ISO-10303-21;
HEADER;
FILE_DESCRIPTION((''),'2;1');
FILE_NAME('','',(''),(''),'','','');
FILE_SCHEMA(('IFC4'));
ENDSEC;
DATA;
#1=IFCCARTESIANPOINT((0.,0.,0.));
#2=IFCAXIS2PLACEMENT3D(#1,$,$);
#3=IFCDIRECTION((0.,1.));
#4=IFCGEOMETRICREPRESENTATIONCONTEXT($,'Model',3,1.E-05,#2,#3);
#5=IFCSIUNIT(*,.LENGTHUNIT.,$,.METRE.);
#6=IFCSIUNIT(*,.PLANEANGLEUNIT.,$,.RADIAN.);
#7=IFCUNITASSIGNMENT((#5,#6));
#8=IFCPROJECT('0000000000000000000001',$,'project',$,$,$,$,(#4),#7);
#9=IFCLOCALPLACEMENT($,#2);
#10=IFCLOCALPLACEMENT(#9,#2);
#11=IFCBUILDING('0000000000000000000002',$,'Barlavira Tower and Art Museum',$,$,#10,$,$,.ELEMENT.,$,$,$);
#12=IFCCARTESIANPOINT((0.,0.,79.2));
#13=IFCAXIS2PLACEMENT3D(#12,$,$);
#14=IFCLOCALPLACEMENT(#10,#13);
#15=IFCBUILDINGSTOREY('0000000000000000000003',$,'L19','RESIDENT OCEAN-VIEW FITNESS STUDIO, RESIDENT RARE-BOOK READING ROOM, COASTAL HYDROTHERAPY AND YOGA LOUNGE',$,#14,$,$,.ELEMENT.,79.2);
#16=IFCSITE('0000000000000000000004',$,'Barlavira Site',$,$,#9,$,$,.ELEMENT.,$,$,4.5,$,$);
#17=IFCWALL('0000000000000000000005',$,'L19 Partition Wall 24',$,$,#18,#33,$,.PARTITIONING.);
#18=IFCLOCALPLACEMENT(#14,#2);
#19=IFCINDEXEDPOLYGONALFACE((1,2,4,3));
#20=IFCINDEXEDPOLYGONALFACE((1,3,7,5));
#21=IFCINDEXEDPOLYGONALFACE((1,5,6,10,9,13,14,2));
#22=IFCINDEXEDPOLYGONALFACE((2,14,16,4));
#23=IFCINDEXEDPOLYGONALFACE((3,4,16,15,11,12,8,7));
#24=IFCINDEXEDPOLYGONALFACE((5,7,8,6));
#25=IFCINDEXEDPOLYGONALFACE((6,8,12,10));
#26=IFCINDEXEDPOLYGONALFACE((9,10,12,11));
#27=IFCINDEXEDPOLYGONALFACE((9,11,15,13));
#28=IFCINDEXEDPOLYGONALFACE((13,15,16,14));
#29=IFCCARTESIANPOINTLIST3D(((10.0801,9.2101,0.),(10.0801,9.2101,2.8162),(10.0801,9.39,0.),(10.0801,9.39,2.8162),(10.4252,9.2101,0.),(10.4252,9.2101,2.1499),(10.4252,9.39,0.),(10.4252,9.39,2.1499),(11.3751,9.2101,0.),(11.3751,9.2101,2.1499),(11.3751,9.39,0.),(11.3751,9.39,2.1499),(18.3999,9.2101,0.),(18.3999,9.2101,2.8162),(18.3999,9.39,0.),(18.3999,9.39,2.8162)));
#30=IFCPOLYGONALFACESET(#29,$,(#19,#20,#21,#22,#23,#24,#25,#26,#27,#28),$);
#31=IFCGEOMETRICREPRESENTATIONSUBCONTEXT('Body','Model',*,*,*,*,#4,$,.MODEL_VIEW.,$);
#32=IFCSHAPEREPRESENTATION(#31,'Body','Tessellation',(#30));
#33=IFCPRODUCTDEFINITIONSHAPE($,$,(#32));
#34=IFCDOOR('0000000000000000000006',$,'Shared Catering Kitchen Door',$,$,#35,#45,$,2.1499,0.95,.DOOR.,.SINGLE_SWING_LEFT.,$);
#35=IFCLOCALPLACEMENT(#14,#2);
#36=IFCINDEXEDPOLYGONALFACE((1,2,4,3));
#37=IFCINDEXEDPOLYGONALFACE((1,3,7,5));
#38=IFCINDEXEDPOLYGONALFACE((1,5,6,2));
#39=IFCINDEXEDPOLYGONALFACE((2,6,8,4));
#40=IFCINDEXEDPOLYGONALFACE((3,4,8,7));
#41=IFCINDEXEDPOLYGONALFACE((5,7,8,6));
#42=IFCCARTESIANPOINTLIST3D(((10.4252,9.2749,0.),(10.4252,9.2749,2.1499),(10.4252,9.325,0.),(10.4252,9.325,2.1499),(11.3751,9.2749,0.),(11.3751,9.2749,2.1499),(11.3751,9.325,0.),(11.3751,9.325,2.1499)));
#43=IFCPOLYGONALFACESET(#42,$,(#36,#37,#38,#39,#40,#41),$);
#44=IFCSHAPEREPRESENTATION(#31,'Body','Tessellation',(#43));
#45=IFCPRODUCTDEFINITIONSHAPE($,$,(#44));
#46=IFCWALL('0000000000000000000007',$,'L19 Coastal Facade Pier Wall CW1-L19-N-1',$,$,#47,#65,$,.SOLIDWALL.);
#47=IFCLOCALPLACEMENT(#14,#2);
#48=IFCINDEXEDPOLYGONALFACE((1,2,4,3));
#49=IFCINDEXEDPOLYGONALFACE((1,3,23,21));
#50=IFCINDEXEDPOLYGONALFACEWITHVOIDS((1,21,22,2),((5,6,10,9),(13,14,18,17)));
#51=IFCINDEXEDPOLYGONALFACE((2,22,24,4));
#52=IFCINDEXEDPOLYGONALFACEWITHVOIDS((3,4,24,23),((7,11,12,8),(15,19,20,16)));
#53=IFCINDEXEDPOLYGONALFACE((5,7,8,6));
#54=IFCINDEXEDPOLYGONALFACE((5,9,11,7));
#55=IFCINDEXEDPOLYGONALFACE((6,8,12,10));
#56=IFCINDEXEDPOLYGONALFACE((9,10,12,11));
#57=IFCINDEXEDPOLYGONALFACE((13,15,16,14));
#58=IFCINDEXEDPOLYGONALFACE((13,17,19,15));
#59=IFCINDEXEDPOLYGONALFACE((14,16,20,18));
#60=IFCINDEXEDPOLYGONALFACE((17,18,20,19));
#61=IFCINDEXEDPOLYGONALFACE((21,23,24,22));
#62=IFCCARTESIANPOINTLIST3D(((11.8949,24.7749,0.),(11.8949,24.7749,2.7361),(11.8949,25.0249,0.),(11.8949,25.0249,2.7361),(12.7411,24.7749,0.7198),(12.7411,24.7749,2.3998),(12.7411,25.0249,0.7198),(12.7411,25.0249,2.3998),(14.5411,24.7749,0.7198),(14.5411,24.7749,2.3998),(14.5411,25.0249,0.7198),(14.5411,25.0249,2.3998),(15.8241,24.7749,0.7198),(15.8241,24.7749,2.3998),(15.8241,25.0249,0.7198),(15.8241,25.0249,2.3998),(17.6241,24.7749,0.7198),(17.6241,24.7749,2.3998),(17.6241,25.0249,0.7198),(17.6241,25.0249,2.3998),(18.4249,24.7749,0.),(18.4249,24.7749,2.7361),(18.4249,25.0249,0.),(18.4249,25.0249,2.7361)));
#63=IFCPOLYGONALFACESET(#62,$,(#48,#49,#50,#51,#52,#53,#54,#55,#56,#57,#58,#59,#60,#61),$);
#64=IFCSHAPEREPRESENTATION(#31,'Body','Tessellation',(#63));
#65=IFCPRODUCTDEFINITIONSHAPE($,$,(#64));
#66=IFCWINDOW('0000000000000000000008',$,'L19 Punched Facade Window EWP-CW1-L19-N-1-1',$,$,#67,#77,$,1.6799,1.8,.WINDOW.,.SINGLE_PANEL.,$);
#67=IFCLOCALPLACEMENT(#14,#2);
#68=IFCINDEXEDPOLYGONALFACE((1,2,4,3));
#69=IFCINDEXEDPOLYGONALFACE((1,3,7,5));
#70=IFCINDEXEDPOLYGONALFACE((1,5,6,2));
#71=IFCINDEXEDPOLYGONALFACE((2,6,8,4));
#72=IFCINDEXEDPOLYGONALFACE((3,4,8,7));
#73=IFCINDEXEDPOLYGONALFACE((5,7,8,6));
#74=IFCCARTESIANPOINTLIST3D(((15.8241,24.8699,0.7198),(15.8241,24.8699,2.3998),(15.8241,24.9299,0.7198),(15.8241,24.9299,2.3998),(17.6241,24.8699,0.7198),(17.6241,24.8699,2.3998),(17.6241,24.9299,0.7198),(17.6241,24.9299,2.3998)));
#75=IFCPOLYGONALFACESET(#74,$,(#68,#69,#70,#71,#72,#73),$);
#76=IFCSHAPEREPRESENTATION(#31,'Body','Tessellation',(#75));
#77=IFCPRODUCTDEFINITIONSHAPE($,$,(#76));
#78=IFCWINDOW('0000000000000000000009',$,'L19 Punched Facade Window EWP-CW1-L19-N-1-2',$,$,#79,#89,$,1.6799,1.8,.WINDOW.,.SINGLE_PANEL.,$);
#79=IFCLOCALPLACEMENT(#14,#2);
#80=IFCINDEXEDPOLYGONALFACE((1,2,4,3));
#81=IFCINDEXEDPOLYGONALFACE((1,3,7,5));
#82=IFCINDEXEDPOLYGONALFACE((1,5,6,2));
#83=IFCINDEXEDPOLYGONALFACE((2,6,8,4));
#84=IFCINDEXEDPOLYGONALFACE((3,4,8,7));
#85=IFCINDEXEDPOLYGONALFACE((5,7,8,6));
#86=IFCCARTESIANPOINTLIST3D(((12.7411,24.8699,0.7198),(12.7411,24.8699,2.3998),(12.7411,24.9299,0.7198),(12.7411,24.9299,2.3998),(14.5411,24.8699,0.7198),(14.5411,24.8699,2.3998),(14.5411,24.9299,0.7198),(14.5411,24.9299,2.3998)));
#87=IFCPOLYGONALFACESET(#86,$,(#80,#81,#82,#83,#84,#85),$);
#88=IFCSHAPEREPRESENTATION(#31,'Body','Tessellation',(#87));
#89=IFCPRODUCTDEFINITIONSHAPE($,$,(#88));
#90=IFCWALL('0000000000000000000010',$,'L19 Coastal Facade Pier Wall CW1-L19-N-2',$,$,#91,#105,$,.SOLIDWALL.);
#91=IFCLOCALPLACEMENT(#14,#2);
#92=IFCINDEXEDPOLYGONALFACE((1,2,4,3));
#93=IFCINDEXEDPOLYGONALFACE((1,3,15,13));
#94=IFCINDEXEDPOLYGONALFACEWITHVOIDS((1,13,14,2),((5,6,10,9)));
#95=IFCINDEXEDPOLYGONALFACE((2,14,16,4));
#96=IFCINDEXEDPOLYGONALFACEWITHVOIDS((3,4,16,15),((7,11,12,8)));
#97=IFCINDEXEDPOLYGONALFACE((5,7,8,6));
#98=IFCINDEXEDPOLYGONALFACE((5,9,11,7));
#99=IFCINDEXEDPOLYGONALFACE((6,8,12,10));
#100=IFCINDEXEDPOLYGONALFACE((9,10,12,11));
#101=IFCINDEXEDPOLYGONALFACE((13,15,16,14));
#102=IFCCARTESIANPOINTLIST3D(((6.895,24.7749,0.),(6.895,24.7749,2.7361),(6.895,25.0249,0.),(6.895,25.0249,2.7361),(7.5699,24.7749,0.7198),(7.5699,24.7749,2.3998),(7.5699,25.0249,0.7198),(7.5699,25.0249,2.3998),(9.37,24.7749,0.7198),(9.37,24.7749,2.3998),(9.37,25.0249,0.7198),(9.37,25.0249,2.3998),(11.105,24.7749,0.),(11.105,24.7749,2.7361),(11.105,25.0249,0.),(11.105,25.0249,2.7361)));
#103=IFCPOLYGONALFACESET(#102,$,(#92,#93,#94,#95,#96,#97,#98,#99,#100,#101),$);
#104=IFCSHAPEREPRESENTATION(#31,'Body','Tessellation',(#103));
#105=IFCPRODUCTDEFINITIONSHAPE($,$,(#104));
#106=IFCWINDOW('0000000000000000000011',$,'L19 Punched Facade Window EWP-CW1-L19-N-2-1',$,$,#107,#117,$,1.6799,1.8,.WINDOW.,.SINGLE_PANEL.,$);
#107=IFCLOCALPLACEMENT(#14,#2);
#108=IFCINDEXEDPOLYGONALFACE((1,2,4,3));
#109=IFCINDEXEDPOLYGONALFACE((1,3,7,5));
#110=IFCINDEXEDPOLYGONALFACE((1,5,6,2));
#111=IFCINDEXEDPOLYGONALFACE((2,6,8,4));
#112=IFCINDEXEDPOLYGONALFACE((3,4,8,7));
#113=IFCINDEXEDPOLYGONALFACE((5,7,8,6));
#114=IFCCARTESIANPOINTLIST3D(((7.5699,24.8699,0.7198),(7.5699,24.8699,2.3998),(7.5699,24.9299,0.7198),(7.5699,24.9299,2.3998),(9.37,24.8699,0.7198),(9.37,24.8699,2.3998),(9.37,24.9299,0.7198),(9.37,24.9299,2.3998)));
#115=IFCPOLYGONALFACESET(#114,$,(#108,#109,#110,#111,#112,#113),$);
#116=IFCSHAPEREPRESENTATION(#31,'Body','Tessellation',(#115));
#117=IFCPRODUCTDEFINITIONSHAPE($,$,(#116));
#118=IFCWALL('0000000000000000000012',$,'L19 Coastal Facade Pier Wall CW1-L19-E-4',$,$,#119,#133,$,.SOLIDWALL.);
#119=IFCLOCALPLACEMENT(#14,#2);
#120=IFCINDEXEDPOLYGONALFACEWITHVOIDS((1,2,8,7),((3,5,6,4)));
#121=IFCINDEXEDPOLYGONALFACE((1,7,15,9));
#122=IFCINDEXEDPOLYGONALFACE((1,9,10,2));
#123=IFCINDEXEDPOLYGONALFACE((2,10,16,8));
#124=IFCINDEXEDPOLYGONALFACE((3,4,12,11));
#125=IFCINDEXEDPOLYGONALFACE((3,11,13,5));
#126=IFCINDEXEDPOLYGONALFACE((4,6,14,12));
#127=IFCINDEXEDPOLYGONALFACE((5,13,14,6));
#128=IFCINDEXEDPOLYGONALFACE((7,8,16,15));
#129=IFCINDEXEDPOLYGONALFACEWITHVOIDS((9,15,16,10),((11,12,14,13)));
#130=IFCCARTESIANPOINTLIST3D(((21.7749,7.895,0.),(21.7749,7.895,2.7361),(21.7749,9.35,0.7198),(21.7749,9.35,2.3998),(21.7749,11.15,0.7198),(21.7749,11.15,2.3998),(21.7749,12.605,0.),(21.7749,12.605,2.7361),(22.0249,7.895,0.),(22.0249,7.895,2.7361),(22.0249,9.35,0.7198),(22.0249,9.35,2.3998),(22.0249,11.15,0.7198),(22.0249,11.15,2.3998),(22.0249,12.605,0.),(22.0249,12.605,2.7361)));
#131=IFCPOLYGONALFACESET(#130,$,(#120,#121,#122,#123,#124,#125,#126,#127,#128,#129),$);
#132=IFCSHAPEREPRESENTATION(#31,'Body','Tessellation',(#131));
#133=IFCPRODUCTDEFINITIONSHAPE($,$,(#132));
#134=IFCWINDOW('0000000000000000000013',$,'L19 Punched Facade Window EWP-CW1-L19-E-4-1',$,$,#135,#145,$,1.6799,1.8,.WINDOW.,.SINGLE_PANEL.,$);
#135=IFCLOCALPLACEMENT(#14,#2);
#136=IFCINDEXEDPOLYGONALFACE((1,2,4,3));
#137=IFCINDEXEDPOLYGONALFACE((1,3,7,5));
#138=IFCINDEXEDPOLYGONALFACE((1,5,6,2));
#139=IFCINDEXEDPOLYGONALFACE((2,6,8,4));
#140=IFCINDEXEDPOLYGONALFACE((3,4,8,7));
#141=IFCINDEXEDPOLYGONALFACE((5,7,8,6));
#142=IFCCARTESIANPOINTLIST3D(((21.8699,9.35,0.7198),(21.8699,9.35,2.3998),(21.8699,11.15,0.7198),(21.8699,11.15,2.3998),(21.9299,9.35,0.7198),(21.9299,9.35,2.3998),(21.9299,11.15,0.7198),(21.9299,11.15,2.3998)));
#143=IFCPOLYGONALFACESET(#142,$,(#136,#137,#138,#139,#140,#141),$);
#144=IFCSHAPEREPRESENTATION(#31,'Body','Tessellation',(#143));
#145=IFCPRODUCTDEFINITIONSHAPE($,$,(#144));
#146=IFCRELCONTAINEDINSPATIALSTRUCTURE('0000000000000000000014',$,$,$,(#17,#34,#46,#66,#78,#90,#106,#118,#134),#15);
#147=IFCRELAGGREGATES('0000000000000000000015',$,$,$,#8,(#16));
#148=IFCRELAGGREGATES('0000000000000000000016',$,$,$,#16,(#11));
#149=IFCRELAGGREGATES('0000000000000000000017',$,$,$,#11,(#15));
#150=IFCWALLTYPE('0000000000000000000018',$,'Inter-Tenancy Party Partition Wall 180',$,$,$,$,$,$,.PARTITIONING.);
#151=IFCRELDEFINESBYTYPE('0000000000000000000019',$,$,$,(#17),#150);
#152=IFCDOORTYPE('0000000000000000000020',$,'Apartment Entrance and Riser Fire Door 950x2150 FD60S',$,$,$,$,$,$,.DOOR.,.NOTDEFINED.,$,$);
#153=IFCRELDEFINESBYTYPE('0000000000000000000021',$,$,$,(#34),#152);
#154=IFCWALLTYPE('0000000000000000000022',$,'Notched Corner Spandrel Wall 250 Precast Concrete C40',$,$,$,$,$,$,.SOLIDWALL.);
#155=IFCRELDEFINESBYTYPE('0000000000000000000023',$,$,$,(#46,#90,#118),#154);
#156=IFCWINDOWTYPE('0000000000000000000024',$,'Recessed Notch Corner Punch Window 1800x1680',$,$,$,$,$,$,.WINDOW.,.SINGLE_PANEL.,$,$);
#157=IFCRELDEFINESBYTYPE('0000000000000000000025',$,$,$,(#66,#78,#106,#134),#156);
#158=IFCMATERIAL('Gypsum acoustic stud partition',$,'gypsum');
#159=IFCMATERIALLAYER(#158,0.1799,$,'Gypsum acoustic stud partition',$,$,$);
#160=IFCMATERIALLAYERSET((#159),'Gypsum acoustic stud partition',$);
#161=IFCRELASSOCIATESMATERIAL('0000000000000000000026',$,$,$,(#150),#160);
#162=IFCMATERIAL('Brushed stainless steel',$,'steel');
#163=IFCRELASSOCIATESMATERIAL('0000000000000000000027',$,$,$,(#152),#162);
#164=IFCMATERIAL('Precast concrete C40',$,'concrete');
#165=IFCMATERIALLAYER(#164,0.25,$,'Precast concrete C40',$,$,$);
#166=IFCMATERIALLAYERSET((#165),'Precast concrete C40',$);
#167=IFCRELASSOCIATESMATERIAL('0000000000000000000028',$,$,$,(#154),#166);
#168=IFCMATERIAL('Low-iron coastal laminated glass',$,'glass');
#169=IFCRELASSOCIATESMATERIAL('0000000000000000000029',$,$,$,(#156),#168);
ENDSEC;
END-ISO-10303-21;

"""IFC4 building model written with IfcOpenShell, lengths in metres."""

from ifc_helpers import new_model, si_unit, direction, frame, frame_2d, origin, place, context, subcontext, project, spatial, rectangle, extrude, material, layer, layer_set, type_object, element, fill, save


model = new_model("IFC4")

# Units and contexts
model_context = context("Model", 3, precision=1e-05, world=origin(), true_north=direction((0.0, 1.0)))
body_context = subcontext(model_context, "Body", "Model", "MODEL_VIEW")
ifc_project = project(units=[si_unit("LENGTHUNIT", "METRE"), si_unit("PLANEANGLEUNIT", "RADIAN")], contexts=[model_context])

# Site, building, storey
site_placement = place(None, origin())
site = spatial("IfcSite", under=ifc_project, at=site_placement, Name="Barlavira Site", CompositionType="ELEMENT", RefElevation=4.5)
building_placement = place(site_placement, origin())
building = spatial("IfcBuilding", under=site, at=building_placement, Name="Barlavira Tower and Art Museum", CompositionType="ELEMENT")
storey_placement = place(building_placement, frame((0.0, 0.0, 79.2)))
storey = spatial("IfcBuildingStorey", under=building, at=storey_placement, Name="L19", Description="RESIDENT OCEAN-VIEW FITNESS STUDIO, RESIDENT RARE-BOOK READING ROOM, COASTAL HYDROTHERAPY AND YOGA LOUNGE", CompositionType="ELEMENT", Elevation=79.2)

# Shared definitions
ifc_material_1 = material(Name="Gypsum acoustic stud partition", Category="gypsum")
ifc_layer_1 = layer(ifc_material_1, 0.1799, Name="Gypsum acoustic stud partition")
ifc_layer_set_1 = layer_set([ifc_layer_1], Name="Gypsum acoustic stud partition")
wall_type_1 = type_object("IfcWallType", Name="Inter-Tenancy Party Partition Wall 180", PredefinedType="PARTITIONING", material=ifc_layer_set_1)

# Wall, opening, door
wall_1_placement = place(storey_placement, frame((10.0801, 9.3, 0.0), z_axis=(0.0, 0.0, 1.0), x_axis=(1.0, 0.0, 0.0)))
wall_1 = element("IfcWall", 1, at=wall_1_placement, inside=storey, type_object=wall_type_1, Name="L19 Partition Wall 24", PredefinedType="PARTITIONING", context=body_context, shape_type="SweptSolid", body=[
    extrude(rectangle(XDim=8.3198, YDim=0.1799, at=frame_2d((4.1599, 0.0))), origin(), (0.0, 0.0, 1.0), 2.8162),
])
opening_1_placement = place(wall_1_placement, frame((0.345, 0.0, 0.0)))
opening_1 = element("IfcOpeningElement", 2, at=opening_1_placement, cuts=wall_1, PredefinedType="OPENING", context=body_context, shape_type="SweptSolid", body=[
    extrude(rectangle(XDim=0.95, YDim=2.1499, at=frame_2d((0.4751, 1.075))), frame((0.0, 0.1001, 0.0), z_axis=(0.0, -1.0, 0.0), x_axis=(1.0, 0.0, 0.0)), (0.0, 0.0, 1.0), 0.2),
])
ifc_material_2 = material(Name="Brushed stainless steel", Category="steel")
door_type = type_object("IfcDoorType", Name="Apartment Entrance and Riser Fire Door 950x2150 FD60S", OperationType="NOTDEFINED", PredefinedType="DOOR", material=ifc_material_2)
door_placement = place(opening_1_placement, origin())
door = element("IfcDoor", 3, at=door_placement, inside=storey, type_object=door_type, Name="Shared Catering Kitchen Door", OperationType="SINGLE_SWING_LEFT", OverallHeight=2.1499, OverallWidth=0.95, PredefinedType="DOOR", context=body_context, shape_type="SweptSolid", body=[
    extrude(rectangle(XDim=0.95, YDim=2.1499, at=frame_2d((0.4751, 1.075))), frame((0.0, 0.0249, 0.0), z_axis=(0.0, -1.0, 0.0), x_axis=(1.0, 0.0, 0.0)), (0.0, 0.0, 1.0), 0.05),
])
fill(opening_1, door)

# Wall, openings, windows
ifc_material_3 = material(Name="Precast concrete C40", Category="concrete")
ifc_layer_2 = layer(ifc_material_3, 0.25, Name="Precast concrete C40")
ifc_layer_set_2 = layer_set([ifc_layer_2], Name="Precast concrete C40")
wall_type_2 = type_object("IfcWallType", Name="Notched Corner Spandrel Wall 250 Precast Concrete C40", PredefinedType="SOLIDWALL", material=ifc_layer_set_2)
wall_2_placement = place(storey_placement, frame((18.425, 24.8999, 0.0), z_axis=(0.0, 0.0, 1.0), x_axis=(-1.0, 0.0, 0.0)))
wall_2 = element("IfcWall", 4, at=wall_2_placement, inside=storey, type_object=wall_type_2, Name="L19 Coastal Facade Pier Wall CW1-L19-N-1", PredefinedType="SOLIDWALL", context=body_context, shape_type="SweptSolid", body=[
    extrude(rectangle(XDim=6.53, YDim=0.25, at=frame_2d((3.2651, 0.0))), origin(), (0.0, 0.0, 1.0), 2.7361),
])
opening_2_placement = place(wall_2_placement, frame((0.801, 0.0, 0.72)))
opening_2 = element("IfcOpeningElement", 5, at=opening_2_placement, cuts=wall_2, PredefinedType="OPENING", context=body_context, shape_type="SweptSolid", body=[
    extrude(rectangle(XDim=1.8, YDim=1.6799, at=frame_2d((0.8999, 0.8398))), frame((0.0, 0.135, 0.0), z_axis=(0.0, -1.0, 0.0), x_axis=(1.0, 0.0, 0.0)), (0.0, 0.0, 1.0), 0.27),
])
opening_3_placement = place(wall_2_placement, frame((3.884, 0.0, 0.72)))
opening_3 = element("IfcOpeningElement", 6, at=opening_3_placement, cuts=wall_2, PredefinedType="OPENING", context=body_context, shape_type="SweptSolid", body=[
    extrude(rectangle(XDim=1.8, YDim=1.6799, at=frame_2d((0.8999, 0.8398))), frame((0.0, 0.135, 0.0), z_axis=(0.0, -1.0, 0.0), x_axis=(1.0, 0.0, 0.0)), (0.0, 0.0, 1.0), 0.27),
])
ifc_material_4 = material(Name="Low-iron coastal laminated glass", Category="glass")
window_type = type_object("IfcWindowType", Name="Recessed Notch Corner Punch Window 1800x1680", PartitioningType="SINGLE_PANEL", PredefinedType="WINDOW", material=ifc_material_4)
window_1_placement = place(opening_2_placement, origin())
window_1 = element("IfcWindow", 7, at=window_1_placement, inside=storey, type_object=window_type, Name="L19 Punched Facade Window EWP-CW1-L19-N-1-1", OverallHeight=1.6799, OverallWidth=1.8, PartitioningType="SINGLE_PANEL", PredefinedType="WINDOW", context=body_context, shape_type="SweptSolid", body=[
    extrude(rectangle(XDim=1.8, YDim=1.6799, at=frame_2d((0.8999, 0.8398))), frame((0.0, 0.03, 0.0), z_axis=(0.0, -1.0, 0.0), x_axis=(1.0, 0.0, 0.0)), (0.0, 0.0, 1.0), 0.0601),
])
fill(opening_2, window_1)
window_2_placement = place(opening_3_placement, origin())
window_2 = element("IfcWindow", 8, at=window_2_placement, inside=storey, type_object=window_type, Name="L19 Punched Facade Window EWP-CW1-L19-N-1-2", OverallHeight=1.6799, OverallWidth=1.8, PartitioningType="SINGLE_PANEL", PredefinedType="WINDOW", context=body_context, shape_type="SweptSolid", body=[
    extrude(rectangle(XDim=1.8, YDim=1.6799, at=frame_2d((0.8999, 0.8398))), frame((0.0, 0.03, 0.0), z_axis=(0.0, -1.0, 0.0), x_axis=(1.0, 0.0, 0.0)), (0.0, 0.0, 1.0), 0.0601),
])
fill(opening_3, window_2)

# Walls, openings, windows
wall_3_placement = place(storey_placement, frame((11.105, 24.8999, 0.0), z_axis=(0.0, 0.0, 1.0), x_axis=(-1.0, 0.0, 0.0)))
wall_3 = element("IfcWall", 9, at=wall_3_placement, inside=storey, type_object=wall_type_2, Name="L19 Coastal Facade Pier Wall CW1-L19-N-2", PredefinedType="SOLIDWALL", context=body_context, shape_type="SweptSolid", body=[
    extrude(rectangle(XDim=4.21, YDim=0.25, at=frame_2d((2.105, 0.0))), origin(), (0.0, 0.0, 1.0), 2.7361),
])
opening_4_placement = place(wall_3_placement, frame((1.7351, 0.0, 0.72)))
opening_4 = element("IfcOpeningElement", 10, at=opening_4_placement, cuts=wall_3, PredefinedType="OPENING", context=body_context, shape_type="SweptSolid", body=[
    extrude(rectangle(XDim=1.8, YDim=1.6799, at=frame_2d((0.8999, 0.8398))), frame((0.0, 0.135, 0.0), z_axis=(0.0, -1.0, 0.0), x_axis=(1.0, 0.0, 0.0)), (0.0, 0.0, 1.0), 0.27),
])
window_3_placement = place(opening_4_placement, origin())
window_3 = element("IfcWindow", 11, at=window_3_placement, inside=storey, type_object=window_type, Name="L19 Punched Facade Window EWP-CW1-L19-N-2-1", OverallHeight=1.6799, OverallWidth=1.8, PartitioningType="SINGLE_PANEL", PredefinedType="WINDOW", context=body_context, shape_type="SweptSolid", body=[
    extrude(rectangle(XDim=1.8, YDim=1.6799, at=frame_2d((0.8999, 0.8398))), frame((0.0, 0.03, 0.0), z_axis=(0.0, -1.0, 0.0), x_axis=(1.0, 0.0, 0.0)), (0.0, 0.0, 1.0), 0.0601),
])
fill(opening_4, window_3)
wall_4_placement = place(storey_placement, frame((21.8999, 7.895, 0.0), z_axis=(0.0, 0.0, 1.0), x_axis=(0.0, 1.0, 0.0)))
wall_4 = element("IfcWall", 12, at=wall_4_placement, inside=storey, type_object=wall_type_2, Name="L19 Coastal Facade Pier Wall CW1-L19-E-4", PredefinedType="SOLIDWALL", context=body_context, shape_type="SweptSolid", body=[
    extrude(rectangle(XDim=4.71, YDim=0.25, at=frame_2d((2.355, 0.0))), origin(), (0.0, 0.0, 1.0), 2.7361),
])
opening_5_placement = place(wall_4_placement, frame((1.4551, 0.0, 0.72)))
opening_5 = element("IfcOpeningElement", 13, at=opening_5_placement, cuts=wall_4, PredefinedType="OPENING", context=body_context, shape_type="SweptSolid", body=[
    extrude(rectangle(XDim=1.8, YDim=1.6799, at=frame_2d((0.8999, 0.8398))), frame((0.0, 0.135, 0.0), z_axis=(0.0, -1.0, 0.0), x_axis=(1.0, 0.0, 0.0)), (0.0, 0.0, 1.0), 0.27),
])
window_4_placement = place(opening_5_placement, origin())
window_4 = element("IfcWindow", 14, at=window_4_placement, inside=storey, type_object=window_type, Name="L19 Punched Facade Window EWP-CW1-L19-E-4-1", OverallHeight=1.6799, OverallWidth=1.8, PartitioningType="SINGLE_PANEL", PredefinedType="WINDOW", context=body_context, shape_type="SweptSolid", body=[
    extrude(rectangle(XDim=1.8, YDim=1.6799, at=frame_2d((0.8999, 0.8398))), frame((0.0, 0.03, 0.0), z_axis=(0.0, -1.0, 0.0), x_axis=(1.0, 0.0, 0.0)), (0.0, 0.0, 1.0), 0.0601),
])
fill(opening_5, window_4)

save(model, "model.ifc")
